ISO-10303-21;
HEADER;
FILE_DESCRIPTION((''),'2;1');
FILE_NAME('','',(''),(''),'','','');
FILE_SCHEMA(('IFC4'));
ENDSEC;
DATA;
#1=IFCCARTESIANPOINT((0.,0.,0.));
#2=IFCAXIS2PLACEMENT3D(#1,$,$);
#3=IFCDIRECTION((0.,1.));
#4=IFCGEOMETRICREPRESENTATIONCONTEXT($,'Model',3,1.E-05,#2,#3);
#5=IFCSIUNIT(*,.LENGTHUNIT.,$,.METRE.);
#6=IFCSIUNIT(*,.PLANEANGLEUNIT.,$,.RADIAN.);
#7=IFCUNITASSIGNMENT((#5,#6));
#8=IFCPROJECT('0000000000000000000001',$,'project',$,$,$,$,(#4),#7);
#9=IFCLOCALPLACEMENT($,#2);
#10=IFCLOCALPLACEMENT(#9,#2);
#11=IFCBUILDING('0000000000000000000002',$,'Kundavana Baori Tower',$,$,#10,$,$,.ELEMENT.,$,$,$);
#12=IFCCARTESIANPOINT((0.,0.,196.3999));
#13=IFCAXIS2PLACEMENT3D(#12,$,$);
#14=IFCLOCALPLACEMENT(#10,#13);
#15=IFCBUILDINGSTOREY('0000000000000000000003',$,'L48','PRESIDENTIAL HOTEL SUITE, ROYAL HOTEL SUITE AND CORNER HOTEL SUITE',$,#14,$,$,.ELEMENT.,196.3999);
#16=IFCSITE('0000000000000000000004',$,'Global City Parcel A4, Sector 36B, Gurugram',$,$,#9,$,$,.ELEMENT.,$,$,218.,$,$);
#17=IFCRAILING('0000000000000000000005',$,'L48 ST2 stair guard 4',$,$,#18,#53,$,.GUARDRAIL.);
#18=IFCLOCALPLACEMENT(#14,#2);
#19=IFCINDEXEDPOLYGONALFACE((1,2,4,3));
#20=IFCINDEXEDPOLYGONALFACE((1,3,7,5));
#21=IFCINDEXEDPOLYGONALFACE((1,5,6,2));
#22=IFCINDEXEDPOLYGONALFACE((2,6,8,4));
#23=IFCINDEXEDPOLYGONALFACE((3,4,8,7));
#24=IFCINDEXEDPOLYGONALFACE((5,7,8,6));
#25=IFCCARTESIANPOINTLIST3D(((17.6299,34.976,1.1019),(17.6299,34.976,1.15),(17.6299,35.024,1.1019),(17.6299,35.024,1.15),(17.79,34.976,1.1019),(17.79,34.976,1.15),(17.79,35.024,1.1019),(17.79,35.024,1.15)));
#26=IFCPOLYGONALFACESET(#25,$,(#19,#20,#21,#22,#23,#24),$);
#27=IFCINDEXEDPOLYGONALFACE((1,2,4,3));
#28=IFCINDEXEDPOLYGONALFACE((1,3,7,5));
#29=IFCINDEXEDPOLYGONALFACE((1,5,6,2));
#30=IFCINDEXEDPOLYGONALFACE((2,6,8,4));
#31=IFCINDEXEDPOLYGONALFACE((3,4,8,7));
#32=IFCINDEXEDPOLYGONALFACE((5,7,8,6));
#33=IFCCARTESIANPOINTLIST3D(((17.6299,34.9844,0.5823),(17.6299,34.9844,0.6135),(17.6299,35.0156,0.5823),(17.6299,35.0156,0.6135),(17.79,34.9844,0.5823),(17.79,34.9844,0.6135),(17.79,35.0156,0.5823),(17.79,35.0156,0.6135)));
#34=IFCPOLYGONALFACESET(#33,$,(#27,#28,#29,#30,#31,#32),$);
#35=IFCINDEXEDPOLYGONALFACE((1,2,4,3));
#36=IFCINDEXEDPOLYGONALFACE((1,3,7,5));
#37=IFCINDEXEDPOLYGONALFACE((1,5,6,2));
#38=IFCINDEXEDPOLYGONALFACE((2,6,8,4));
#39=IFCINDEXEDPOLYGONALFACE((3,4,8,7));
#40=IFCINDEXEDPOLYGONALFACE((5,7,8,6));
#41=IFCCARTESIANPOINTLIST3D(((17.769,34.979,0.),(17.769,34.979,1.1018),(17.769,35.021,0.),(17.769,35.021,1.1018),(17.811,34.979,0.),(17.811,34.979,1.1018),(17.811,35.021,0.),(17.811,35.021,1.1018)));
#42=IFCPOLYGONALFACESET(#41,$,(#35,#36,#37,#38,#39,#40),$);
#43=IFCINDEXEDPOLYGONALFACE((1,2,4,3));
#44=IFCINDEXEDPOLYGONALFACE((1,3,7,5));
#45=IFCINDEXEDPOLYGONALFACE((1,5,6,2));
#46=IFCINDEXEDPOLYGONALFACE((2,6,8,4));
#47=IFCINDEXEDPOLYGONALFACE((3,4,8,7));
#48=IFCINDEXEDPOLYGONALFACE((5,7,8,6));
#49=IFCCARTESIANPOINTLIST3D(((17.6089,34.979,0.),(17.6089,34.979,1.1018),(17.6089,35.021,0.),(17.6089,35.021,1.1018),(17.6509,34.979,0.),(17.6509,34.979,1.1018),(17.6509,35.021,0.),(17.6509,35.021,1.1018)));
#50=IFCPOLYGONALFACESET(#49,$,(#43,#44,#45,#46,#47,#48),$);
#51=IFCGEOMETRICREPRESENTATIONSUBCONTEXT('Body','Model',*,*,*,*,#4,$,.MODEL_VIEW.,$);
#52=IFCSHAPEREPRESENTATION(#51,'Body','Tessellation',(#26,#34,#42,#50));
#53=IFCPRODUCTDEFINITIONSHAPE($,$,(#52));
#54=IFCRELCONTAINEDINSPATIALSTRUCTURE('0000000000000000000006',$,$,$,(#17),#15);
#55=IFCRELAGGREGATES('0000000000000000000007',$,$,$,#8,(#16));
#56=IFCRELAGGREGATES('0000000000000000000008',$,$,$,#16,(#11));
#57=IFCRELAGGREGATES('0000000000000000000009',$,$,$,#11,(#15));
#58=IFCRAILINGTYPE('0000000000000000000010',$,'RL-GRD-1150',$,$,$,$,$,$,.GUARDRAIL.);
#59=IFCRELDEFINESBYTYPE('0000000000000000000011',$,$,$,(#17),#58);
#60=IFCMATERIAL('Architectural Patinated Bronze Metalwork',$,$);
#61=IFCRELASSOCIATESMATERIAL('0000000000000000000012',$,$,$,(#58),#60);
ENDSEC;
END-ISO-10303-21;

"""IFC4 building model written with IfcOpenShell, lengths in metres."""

from ifc_helpers import new_model, si_unit, direction, frame, origin, origin_2d, place, context, subcontext, project, spatial, rectangle, extrude, material, type_object, element, save


model = new_model("IFC4")

# Units and contexts
model_context = context("Model", 3, precision=1e-05, world=origin(), true_north=direction((0.0, 1.0)))
body_context = subcontext(model_context, "Body", "Model", "MODEL_VIEW")
ifc_project = project(units=[si_unit("LENGTHUNIT", "METRE"), si_unit("PLANEANGLEUNIT", "RADIAN")], contexts=[model_context])

# Site, building, storey
site_placement = place(None, origin())
site = spatial("IfcSite", under=ifc_project, at=site_placement, Name="Global City Parcel A4, Sector 36B, Gurugram", CompositionType="ELEMENT", RefElevation=218.0)
building_placement = place(site_placement, origin())
building = spatial("IfcBuilding", under=site, at=building_placement, Name="Kundavana Baori Tower", CompositionType="ELEMENT")
storey_placement = place(building_placement, frame((0.0, 0.0, 196.3999)))
storey = spatial("IfcBuildingStorey", under=building, at=storey_placement, Name="L48", Description="PRESIDENTIAL HOTEL SUITE, ROYAL HOTEL SUITE AND CORNER HOTEL SUITE", CompositionType="ELEMENT", Elevation=196.3999)

# Railing
ifc_material_1 = material(Name="Architectural Patinated Bronze Metalwork")
railing_type = type_object("IfcRailingType", Name="RL-GRD-1150", PredefinedType="GUARDRAIL", material=ifc_material_1)
railing_placement = place(storey_placement, frame((17.79, 35.0, 0.0)))
element("IfcRailing", 1, at=railing_placement, inside=storey, type_object=railing_type, Name="L48 ST2 stair guard 4", PredefinedType="GUARDRAIL", context=body_context, shape_type="SweptSolid", body=[
    extrude(rectangle(XDim=0.0481, YDim=0.0481, at=origin_2d()), frame((0.0, 0.0, 1.126), z_axis=(-1.0, 0.0, 0.0), x_axis=(0.0, -1.0, 0.0)), (0.0, 0.0, 1.0), 0.1602),
    extrude(rectangle(XDim=0.0312, YDim=0.0312, at=origin_2d()), frame((0.0, 0.0, 0.5979), z_axis=(-1.0, 0.0, 0.0), x_axis=(0.0, -1.0, 0.0)), (0.0, 0.0, 1.0), 0.1602),
    extrude(rectangle(XDim=0.042, YDim=0.042, at=origin_2d()), origin(), (0.0, 0.0, 1.0), 1.1018),
    extrude(rectangle(XDim=0.042, YDim=0.042, at=origin_2d()), frame((-0.1602, 0.0, 0.0)), (0.0, 0.0, 1.0), 1.1018),
])

save(model, "model.ifc")
